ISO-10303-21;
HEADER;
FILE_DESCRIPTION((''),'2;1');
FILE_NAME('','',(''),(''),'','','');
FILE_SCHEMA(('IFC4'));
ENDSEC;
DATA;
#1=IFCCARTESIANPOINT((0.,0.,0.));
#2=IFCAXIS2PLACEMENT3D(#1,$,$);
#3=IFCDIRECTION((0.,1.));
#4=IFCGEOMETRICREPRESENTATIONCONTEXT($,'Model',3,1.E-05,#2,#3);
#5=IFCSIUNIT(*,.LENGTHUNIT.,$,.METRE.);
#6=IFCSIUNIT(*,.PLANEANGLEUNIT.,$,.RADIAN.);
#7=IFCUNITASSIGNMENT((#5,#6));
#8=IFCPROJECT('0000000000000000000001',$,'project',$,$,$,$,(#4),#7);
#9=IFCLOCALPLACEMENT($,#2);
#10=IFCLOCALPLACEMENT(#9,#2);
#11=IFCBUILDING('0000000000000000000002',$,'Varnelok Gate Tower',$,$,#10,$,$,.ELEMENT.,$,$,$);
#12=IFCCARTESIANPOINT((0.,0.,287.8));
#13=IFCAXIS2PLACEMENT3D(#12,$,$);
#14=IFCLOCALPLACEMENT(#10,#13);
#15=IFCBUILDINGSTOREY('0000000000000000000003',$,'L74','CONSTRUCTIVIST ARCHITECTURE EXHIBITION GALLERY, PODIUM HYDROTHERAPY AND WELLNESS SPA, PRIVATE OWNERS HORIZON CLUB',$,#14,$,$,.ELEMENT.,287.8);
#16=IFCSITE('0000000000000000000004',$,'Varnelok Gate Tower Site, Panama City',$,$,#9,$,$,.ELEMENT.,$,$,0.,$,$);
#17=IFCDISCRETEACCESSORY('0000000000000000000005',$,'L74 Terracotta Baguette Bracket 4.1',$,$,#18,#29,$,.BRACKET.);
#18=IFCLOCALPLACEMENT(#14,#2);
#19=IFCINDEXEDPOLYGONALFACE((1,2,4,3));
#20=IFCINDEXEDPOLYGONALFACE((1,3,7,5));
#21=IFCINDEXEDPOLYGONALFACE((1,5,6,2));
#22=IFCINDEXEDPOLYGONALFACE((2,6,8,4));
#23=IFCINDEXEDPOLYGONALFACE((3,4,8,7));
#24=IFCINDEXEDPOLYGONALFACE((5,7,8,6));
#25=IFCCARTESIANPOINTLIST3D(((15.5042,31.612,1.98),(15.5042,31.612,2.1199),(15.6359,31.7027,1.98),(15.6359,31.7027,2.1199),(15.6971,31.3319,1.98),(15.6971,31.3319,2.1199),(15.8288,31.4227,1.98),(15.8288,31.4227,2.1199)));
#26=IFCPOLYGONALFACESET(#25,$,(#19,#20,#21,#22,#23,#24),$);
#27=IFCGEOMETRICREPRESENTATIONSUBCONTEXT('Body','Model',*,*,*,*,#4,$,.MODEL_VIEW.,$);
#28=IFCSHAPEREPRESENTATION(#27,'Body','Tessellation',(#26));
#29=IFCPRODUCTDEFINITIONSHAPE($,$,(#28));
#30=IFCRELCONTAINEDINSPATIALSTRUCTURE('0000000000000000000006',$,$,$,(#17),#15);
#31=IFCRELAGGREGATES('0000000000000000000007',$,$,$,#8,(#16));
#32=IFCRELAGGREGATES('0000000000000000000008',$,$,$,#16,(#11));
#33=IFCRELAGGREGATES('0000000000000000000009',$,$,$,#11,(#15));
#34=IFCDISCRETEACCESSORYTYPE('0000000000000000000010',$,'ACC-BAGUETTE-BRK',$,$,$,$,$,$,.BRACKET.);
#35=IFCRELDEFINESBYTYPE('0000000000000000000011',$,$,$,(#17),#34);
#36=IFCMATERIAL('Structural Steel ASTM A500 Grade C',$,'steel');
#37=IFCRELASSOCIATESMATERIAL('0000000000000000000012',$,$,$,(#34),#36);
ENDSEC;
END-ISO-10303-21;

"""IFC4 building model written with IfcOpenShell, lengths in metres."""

from ifc_helpers import new_model, si_unit, direction, frame, origin, origin_2d, place, context, subcontext, project, spatial, rectangle, extrude, source, transform, mapped, material, type_object, element, save


model = new_model("IFC4")

# Units and contexts
model_context = context("Model", 3, precision=1e-05, world=origin(), true_north=direction((0.0, 1.0)))
body_context = subcontext(model_context, "Body", "Model", "MODEL_VIEW")
ifc_project = project(units=[si_unit("LENGTHUNIT", "METRE"), si_unit("PLANEANGLEUNIT", "RADIAN")], contexts=[model_context])

# Site, building, storey
site_placement = place(None, origin())
site = spatial("IfcSite", under=ifc_project, at=site_placement, Name="Varnelok Gate Tower Site, Panama City", CompositionType="ELEMENT", RefElevation=0.0)
building_placement = place(site_placement, origin())
building = spatial("IfcBuilding", under=site, at=building_placement, Name="Varnelok Gate Tower", CompositionType="ELEMENT")
storey_placement = place(building_placement, frame((0.0, 0.0, 287.8)))
storey = spatial("IfcBuildingStorey", under=building, at=storey_placement, Name="L74", Description="CONSTRUCTIVIST ARCHITECTURE EXHIBITION GALLERY, PODIUM HYDROTHERAPY AND WELLNESS SPA, PRIVATE OWNERS HORIZON CLUB", CompositionType="ELEMENT", Elevation=287.8)

# Discrete accessory
ifc_material_1 = material(Name="Structural Steel ASTM A500 Grade C", Category="steel")
discrete_accessory_type = type_object("IfcDiscreteAccessoryType", Name="ACC-BAGUETTE-BRK", PredefinedType="BRACKET", material=ifc_material_1)
shared_shape_1 = source(origin(), body_context, "Body", "SweptSolid", [
    extrude(rectangle(XDim=0.1599, YDim=0.3401, at=origin_2d()), origin(), (0.0, 0.0, 1.0), 0.1399),
])
discrete_accessory_placement = place(storey_placement, frame((15.6665, 31.5173, 1.98), z_axis=(0.0, 0.0, 1.0), x_axis=(0.823533, 0.567269, 0.0)))
element("IfcDiscreteAccessory", 1, at=discrete_accessory_placement, inside=storey, type_object=discrete_accessory_type, Name="L74 Terracotta Baguette Bracket 4.1", PredefinedType="BRACKET", context=body_context, shape_type="MappedRepresentation", body=[
    mapped(shared_shape_1, transform((0.0, 0.0, 0.0), scale=1.0)),
])

save(model, "model.ifc")
